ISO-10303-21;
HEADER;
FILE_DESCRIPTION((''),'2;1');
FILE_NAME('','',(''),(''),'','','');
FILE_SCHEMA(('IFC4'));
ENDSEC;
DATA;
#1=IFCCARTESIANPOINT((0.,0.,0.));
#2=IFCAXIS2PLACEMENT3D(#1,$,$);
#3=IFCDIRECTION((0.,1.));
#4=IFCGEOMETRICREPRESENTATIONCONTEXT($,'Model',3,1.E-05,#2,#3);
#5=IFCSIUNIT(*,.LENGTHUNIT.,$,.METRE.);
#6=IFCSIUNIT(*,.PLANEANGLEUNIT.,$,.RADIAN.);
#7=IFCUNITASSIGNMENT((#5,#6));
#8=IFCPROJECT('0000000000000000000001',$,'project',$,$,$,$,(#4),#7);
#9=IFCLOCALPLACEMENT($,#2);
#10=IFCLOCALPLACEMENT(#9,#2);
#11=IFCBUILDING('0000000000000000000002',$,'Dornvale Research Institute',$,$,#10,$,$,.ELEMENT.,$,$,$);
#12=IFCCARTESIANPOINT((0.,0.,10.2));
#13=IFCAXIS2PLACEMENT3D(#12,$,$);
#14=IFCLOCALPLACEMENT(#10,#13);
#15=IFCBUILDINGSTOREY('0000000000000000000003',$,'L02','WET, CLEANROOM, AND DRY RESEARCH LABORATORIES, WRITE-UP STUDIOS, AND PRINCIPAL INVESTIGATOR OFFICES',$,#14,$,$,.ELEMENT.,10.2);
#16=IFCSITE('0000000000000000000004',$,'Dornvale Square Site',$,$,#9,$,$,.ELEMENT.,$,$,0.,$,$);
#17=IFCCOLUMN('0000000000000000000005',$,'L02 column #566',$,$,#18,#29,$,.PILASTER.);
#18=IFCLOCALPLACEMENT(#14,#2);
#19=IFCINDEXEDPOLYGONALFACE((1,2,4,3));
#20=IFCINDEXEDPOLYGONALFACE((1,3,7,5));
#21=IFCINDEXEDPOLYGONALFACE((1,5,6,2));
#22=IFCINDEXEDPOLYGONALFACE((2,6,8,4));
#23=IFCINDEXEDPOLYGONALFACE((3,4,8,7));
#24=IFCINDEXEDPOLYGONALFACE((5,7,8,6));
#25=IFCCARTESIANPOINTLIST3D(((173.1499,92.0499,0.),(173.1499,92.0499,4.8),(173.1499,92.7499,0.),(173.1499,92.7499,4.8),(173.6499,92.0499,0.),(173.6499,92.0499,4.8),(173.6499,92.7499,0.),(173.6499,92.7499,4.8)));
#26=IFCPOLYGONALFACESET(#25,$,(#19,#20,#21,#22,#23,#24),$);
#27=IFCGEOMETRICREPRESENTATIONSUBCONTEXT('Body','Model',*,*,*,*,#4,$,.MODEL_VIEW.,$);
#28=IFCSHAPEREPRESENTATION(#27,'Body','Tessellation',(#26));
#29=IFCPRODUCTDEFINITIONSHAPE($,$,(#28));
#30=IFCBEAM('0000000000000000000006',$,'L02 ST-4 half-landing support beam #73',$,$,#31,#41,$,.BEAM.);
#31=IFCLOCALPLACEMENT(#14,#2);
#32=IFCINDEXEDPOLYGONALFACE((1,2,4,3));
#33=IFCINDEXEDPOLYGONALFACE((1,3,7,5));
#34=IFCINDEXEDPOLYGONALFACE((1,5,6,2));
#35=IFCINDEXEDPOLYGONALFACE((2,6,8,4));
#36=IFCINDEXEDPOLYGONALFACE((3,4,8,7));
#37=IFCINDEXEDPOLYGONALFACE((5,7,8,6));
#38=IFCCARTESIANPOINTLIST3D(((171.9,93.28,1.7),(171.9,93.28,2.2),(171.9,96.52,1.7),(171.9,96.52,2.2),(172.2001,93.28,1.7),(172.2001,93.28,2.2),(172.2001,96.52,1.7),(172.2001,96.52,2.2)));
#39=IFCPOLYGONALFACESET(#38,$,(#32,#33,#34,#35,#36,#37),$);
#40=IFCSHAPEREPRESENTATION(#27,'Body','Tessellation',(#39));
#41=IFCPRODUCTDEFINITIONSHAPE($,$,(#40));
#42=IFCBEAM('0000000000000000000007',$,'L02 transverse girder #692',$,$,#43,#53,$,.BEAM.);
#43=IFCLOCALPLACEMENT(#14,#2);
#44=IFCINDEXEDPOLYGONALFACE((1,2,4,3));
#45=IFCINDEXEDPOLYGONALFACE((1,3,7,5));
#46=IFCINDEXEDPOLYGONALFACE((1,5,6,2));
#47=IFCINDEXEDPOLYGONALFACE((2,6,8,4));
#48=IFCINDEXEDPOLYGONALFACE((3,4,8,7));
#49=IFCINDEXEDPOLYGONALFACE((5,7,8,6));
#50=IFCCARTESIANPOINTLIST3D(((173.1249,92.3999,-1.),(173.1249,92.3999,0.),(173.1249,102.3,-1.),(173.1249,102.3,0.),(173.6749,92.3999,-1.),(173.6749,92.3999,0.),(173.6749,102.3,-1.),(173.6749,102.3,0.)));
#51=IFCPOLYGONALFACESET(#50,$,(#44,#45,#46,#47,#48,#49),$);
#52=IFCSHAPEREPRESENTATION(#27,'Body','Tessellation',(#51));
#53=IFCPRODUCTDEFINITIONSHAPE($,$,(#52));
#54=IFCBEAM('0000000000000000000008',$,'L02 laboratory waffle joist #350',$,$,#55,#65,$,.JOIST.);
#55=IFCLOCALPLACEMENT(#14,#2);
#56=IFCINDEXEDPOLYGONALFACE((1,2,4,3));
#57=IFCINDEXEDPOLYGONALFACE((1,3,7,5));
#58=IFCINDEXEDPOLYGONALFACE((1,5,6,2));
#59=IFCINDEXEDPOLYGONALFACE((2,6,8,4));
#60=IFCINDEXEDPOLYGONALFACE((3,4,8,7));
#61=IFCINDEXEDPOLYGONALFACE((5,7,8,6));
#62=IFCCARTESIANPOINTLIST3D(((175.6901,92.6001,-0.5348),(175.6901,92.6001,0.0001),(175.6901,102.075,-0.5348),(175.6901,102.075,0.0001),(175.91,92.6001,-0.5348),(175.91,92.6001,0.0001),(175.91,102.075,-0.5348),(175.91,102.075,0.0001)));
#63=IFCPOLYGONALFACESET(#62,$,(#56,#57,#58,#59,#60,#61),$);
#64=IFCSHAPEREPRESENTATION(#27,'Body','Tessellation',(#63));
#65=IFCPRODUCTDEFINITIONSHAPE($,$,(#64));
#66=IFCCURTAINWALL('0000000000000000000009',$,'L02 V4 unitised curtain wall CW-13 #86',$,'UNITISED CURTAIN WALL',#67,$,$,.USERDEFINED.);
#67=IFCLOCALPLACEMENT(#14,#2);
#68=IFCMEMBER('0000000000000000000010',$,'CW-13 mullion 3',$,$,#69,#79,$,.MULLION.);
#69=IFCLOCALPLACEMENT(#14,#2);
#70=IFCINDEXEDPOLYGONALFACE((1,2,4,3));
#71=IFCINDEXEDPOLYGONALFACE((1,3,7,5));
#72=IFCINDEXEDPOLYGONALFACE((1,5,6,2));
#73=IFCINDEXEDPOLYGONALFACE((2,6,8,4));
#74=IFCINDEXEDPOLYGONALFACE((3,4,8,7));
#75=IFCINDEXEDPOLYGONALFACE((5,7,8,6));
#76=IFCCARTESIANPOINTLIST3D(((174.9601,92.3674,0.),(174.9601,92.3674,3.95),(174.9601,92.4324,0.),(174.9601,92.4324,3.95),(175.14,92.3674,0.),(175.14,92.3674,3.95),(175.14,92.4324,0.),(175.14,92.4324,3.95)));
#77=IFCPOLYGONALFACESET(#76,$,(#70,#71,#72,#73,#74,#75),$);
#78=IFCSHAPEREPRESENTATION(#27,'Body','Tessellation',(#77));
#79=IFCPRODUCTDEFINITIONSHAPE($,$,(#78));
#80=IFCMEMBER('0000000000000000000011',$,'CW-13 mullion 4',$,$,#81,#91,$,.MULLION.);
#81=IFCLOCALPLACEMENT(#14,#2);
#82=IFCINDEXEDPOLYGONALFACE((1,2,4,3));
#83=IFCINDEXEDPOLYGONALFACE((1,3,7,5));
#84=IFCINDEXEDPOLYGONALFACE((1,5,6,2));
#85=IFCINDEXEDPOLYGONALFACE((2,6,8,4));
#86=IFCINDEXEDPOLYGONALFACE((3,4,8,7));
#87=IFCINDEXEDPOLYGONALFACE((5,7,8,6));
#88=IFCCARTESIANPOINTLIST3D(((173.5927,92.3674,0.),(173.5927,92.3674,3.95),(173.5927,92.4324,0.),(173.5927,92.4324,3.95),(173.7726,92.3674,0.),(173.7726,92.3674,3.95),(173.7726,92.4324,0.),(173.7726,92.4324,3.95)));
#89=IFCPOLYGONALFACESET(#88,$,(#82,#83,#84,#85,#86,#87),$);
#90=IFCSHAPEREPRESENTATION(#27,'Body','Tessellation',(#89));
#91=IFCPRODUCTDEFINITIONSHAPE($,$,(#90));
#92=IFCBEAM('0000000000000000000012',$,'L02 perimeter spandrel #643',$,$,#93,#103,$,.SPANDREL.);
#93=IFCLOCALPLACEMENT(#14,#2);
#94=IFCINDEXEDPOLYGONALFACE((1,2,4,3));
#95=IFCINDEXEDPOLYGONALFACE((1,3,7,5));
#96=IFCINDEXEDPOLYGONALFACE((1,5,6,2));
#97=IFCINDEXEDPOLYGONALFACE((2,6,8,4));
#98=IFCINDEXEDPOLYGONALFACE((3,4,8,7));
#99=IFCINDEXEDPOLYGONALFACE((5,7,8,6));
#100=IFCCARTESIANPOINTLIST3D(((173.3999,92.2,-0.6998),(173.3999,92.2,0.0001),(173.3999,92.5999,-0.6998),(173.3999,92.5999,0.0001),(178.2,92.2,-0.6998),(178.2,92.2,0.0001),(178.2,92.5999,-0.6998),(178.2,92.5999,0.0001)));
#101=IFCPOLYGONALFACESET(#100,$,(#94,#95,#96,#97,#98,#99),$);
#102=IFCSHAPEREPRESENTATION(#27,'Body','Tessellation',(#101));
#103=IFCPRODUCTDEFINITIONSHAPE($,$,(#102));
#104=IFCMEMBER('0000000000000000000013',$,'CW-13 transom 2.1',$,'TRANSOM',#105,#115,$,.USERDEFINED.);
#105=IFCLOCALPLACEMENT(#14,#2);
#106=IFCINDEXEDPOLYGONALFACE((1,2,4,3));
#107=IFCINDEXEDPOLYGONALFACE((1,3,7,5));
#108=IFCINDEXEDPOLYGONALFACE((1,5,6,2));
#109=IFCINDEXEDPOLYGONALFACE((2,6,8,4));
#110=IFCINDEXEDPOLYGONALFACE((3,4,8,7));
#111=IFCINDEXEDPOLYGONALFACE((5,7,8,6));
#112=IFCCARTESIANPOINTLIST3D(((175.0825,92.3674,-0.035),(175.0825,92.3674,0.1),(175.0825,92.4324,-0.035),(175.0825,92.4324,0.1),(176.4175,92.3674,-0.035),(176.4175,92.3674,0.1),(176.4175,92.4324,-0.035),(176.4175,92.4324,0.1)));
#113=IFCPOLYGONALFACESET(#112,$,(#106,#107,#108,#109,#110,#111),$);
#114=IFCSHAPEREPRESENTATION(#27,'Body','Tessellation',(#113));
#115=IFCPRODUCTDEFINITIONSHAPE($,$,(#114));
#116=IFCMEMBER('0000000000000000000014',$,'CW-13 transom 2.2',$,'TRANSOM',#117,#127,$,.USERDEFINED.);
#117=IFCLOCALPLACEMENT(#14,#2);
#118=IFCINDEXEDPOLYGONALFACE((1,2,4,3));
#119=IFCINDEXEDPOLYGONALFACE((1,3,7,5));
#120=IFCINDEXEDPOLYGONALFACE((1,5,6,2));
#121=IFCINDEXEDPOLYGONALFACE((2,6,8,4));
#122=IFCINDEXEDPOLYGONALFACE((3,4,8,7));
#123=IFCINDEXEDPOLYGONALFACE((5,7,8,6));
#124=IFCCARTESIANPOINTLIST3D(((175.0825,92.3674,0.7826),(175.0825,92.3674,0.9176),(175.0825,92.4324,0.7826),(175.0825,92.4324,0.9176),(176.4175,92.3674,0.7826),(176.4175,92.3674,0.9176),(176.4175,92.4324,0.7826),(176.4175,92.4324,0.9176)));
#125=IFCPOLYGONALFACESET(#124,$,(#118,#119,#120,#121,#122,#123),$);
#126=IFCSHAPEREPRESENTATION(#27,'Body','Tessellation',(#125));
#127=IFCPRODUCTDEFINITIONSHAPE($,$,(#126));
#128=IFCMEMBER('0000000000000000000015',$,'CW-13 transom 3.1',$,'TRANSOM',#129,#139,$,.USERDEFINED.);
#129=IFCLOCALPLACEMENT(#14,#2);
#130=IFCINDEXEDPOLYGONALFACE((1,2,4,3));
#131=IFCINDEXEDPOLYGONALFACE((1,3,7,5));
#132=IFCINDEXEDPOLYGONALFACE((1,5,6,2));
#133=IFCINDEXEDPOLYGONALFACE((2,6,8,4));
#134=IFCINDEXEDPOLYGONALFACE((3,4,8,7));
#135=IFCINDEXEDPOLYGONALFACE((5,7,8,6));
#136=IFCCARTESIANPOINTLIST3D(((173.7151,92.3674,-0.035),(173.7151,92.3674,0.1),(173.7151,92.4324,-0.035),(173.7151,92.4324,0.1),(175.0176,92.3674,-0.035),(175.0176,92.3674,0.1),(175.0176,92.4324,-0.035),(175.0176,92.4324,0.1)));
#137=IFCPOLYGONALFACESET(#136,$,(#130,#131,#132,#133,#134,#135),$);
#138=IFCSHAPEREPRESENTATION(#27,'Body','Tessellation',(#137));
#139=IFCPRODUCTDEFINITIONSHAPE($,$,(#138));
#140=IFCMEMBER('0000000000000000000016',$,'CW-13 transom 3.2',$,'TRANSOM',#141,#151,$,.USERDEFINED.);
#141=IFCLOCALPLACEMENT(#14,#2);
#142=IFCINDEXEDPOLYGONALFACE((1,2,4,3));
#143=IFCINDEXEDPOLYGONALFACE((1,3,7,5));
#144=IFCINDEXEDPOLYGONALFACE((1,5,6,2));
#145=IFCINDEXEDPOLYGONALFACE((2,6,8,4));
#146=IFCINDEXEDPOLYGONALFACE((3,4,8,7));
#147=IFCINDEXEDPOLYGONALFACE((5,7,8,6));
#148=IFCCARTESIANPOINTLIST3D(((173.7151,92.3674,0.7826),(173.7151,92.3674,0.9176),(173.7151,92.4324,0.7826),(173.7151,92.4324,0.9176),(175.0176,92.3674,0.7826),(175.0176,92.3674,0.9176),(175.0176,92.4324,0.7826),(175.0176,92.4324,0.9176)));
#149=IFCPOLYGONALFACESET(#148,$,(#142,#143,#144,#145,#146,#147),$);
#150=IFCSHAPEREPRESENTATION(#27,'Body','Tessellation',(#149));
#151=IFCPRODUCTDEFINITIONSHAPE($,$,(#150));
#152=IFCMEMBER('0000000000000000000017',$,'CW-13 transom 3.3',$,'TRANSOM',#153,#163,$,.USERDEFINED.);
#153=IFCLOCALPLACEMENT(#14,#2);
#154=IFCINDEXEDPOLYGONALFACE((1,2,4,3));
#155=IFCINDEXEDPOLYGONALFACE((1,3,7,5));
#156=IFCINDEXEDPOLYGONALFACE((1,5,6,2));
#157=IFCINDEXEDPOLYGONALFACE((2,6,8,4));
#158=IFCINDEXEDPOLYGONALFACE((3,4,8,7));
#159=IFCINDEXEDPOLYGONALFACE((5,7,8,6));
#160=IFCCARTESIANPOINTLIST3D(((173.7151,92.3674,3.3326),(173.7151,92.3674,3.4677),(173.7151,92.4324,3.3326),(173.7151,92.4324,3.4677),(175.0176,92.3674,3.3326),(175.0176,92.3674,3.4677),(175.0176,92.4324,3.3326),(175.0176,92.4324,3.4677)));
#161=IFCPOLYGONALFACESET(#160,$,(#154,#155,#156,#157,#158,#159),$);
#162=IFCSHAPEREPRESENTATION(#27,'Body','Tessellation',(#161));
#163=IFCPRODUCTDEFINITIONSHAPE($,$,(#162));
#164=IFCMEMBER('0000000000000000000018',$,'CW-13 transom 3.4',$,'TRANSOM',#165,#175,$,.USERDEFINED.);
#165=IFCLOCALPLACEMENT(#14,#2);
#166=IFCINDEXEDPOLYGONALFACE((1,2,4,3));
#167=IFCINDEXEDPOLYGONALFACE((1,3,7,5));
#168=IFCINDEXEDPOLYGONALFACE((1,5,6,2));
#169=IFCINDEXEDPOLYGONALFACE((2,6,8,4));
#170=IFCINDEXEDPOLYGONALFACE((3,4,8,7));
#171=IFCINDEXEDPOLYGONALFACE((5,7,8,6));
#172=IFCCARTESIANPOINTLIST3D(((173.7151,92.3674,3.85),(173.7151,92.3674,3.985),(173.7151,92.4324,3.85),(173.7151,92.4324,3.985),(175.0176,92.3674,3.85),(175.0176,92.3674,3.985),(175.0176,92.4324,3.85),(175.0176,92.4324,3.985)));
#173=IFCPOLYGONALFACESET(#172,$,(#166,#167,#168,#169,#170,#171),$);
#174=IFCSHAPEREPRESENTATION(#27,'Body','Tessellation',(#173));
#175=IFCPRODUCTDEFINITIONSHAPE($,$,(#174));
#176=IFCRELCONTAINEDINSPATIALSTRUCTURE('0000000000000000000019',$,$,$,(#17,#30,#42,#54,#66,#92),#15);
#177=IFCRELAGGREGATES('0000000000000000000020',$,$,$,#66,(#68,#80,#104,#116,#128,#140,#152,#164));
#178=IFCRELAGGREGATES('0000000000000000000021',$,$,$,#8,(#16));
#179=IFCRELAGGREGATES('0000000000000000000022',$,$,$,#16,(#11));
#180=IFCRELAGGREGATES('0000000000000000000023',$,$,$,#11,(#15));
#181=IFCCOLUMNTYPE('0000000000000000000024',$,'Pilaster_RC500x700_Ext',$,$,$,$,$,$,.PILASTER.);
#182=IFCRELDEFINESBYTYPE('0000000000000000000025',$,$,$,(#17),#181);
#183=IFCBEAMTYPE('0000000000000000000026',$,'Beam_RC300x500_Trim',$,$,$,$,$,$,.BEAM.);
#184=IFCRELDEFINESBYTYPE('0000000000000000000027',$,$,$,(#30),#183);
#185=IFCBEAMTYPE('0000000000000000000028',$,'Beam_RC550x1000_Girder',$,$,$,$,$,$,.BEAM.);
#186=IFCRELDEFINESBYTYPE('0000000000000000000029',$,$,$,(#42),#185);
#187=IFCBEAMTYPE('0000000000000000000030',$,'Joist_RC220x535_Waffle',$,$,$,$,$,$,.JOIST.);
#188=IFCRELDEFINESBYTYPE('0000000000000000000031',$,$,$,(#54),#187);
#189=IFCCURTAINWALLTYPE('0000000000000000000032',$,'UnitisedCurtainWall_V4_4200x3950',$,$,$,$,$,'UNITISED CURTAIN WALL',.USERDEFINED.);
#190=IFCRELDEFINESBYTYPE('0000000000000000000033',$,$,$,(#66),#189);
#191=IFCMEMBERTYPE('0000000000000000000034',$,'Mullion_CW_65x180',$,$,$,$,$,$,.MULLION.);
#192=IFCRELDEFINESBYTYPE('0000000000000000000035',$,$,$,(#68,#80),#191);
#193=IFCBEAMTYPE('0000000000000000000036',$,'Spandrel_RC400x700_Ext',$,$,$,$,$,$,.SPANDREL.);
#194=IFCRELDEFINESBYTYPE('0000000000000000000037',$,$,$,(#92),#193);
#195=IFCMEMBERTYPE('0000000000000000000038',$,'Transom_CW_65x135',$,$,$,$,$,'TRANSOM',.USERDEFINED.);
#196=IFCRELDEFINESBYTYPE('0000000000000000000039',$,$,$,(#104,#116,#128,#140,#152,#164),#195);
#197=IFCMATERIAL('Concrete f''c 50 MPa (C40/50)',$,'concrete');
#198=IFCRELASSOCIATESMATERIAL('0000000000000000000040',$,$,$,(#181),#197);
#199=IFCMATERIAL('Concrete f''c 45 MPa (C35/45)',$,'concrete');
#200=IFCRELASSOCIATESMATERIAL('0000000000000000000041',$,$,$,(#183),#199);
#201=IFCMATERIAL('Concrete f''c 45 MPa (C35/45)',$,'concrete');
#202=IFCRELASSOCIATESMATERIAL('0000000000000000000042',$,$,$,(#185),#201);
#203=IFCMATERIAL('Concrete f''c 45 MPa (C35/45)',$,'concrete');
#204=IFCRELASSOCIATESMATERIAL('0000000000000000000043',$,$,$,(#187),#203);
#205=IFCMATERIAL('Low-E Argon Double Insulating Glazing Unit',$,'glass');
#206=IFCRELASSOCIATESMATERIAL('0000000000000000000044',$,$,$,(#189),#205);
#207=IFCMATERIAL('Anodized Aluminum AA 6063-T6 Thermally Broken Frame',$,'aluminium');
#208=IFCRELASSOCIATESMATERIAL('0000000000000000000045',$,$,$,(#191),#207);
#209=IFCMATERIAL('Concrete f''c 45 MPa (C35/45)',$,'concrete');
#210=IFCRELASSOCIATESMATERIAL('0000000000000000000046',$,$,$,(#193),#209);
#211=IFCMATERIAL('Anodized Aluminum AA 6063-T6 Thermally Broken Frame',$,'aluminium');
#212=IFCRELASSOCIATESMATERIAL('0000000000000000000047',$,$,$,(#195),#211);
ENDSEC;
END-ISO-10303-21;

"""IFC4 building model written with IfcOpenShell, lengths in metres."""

from ifc_helpers import new_model, si_unit, direction, frame, origin, origin_2d, place, context, subcontext, project, spatial, rectangle, extrude, material, material_profile, profile_set, type_object, element, aggregate, save


model = new_model("IFC4")

# Units and contexts
model_context = context("Model", 3, precision=1e-05, world=origin(), true_north=direction((0.0, 1.0)))
body_context = subcontext(model_context, "Body", "Model", "MODEL_VIEW")
ifc_project = project(units=[si_unit("LENGTHUNIT", "METRE"), si_unit("PLANEANGLEUNIT", "RADIAN")], contexts=[model_context])

# Site, building, storey
site_placement = place(None, origin())
site = spatial("IfcSite", under=ifc_project, at=site_placement, Name="Dornvale Square Site", CompositionType="ELEMENT", RefElevation=0.0)
building_placement = place(site_placement, origin())
building = spatial("IfcBuilding", under=site, at=building_placement, Name="Dornvale Research Institute", CompositionType="ELEMENT")
storey_placement = place(building_placement, frame((0.0, 0.0, 10.2)))
storey = spatial("IfcBuildingStorey", under=building, at=storey_placement, Name="L02", Description="WET, CLEANROOM, AND DRY RESEARCH LABORATORIES, WRITE-UP STUDIOS, AND PRINCIPAL INVESTIGATOR OFFICES", CompositionType="ELEMENT", Elevation=10.2)

# Column
ifc_material_1 = material(Name="Concrete f'c 50 MPa (C40/50)", Category="concrete")
ifc_material_profile_1 = material_profile(ifc_material_1, rectangle(XDim=0.5, YDim=0.7, at=origin_2d()), Name="RC 500x700")
ifc_profile_set_1 = profile_set([ifc_material_profile_1], Name="Concrete f'c 50 MPa (C40/50)")
column_type = type_object("IfcColumnType", Name="Pilaster_RC500x700_Ext", PredefinedType="PILASTER", material=ifc_profile_set_1)
column_placement = place(storey_placement, frame((173.3999, 92.3999, 0.0), z_axis=(0.0, 0.0, 1.0), x_axis=(1.0, 0.0, 0.0)))
element("IfcColumn", 1, at=column_placement, inside=storey, type_object=column_type, Name="L02 column #566", PredefinedType="PILASTER", context=body_context, shape_type="SweptSolid", body=[
    extrude(rectangle(XDim=0.5, YDim=0.7, at=origin_2d()), origin(), (0.0, 0.0, 1.0), 4.8),
])

# Beams
ifc_material_2 = material(Name="Concrete f'c 45 MPa (C35/45)", Category="concrete")
ifc_material_profile_2 = material_profile(ifc_material_2, rectangle(XDim=0.3, YDim=0.5, at=origin_2d()), Name="RC 300x500")
ifc_profile_set_2 = profile_set([ifc_material_profile_2], Name="Concrete f'c 45 MPa (C35/45)")
beam_type_1 = type_object("IfcBeamType", Name="Beam_RC300x500_Trim", PredefinedType="BEAM", material=ifc_profile_set_2)
beam_1_placement = place(storey_placement, frame((172.05, 93.28, 1.95), z_axis=(0.0, 1.0, 0.0), x_axis=(-1.0, 0.0, 0.0)))
element("IfcBeam", 2, at=beam_1_placement, inside=storey, type_object=beam_type_1, Name="L02 ST-4 half-landing support beam #73", PredefinedType="BEAM", context=body_context, shape_type="SweptSolid", body=[
    extrude(rectangle(XDim=0.3, YDim=0.5, at=origin_2d()), origin(), (0.0, 0.0, 1.0), 3.24),
])
ifc_material_3 = material(Name="Concrete f'c 45 MPa (C35/45)", Category="concrete")
ifc_material_profile_3 = material_profile(ifc_material_3, rectangle(XDim=0.55, YDim=1.0, at=origin_2d()), Name="RC 550x1000")
ifc_profile_set_3 = profile_set([ifc_material_profile_3], Name="Concrete f'c 45 MPa (C35/45)")
beam_type_2 = type_object("IfcBeamType", Name="Beam_RC550x1000_Girder", PredefinedType="BEAM", material=ifc_profile_set_3)
beam_2_placement = place(storey_placement, frame((173.3999, 92.3999, -0.5), z_axis=(0.0, 1.0, 0.0), x_axis=(-1.0, 0.0, 0.0)))
element("IfcBeam", 3, at=beam_2_placement, inside=storey, type_object=beam_type_2, Name="L02 transverse girder #692", PredefinedType="BEAM", context=body_context, shape_type="SweptSolid", body=[
    extrude(rectangle(XDim=0.55, YDim=1.0, at=origin_2d()), origin(), (0.0, 0.0, 1.0), 9.9001),
])
ifc_material_4 = material(Name="Concrete f'c 45 MPa (C35/45)", Category="concrete")
ifc_material_profile_4 = material_profile(ifc_material_4, rectangle(XDim=0.22, YDim=0.5349, at=origin_2d()), Name="RC 220x535")
ifc_profile_set_4 = profile_set([ifc_material_profile_4], Name="Concrete f'c 45 MPa (C35/45)")
beam_type_3 = type_object("IfcBeamType", Name="Joist_RC220x535_Waffle", PredefinedType="JOIST", material=ifc_profile_set_4)
beam_3_placement = place(storey_placement, frame((175.8, 92.6001, -0.2673), z_axis=(0.0, 1.0, 0.0), x_axis=(-1.0, 0.0, 0.0)))
element("IfcBeam", 4, at=beam_3_placement, inside=storey, type_object=beam_type_3, Name="L02 laboratory waffle joist #350", PredefinedType="JOIST", context=body_context, shape_type="SweptSolid", body=[
    extrude(rectangle(XDim=0.22, YDim=0.5349, at=origin_2d()), origin(), (0.0, 0.0, 1.0), 9.4749),
])

# Curtain wall, members
ifc_material_5 = material(Name="Low-E Argon Double Insulating Glazing Unit", Category="glass")
curtain_wall_type = type_object("IfcCurtainWallType", Name="UnitisedCurtainWall_V4_4200x3950", ElementType="UNITISED CURTAIN WALL", PredefinedType="USERDEFINED", material=ifc_material_5)
curtain_wall_placement = place(storey_placement, origin())
curtain_wall = element("IfcCurtainWall", 5, at=curtain_wall_placement, inside=storey, type_object=curtain_wall_type, Name="L02 V4 unitised curtain wall CW-13 #86", ObjectType="UNITISED CURTAIN WALL", PredefinedType="USERDEFINED")
ifc_material_6 = material(Name="Anodized Aluminum AA 6063-T6 Thermally Broken Frame", Category="aluminium")
ifc_material_profile_5 = material_profile(ifc_material_6, rectangle(XDim=0.0649, YDim=0.1799, at=origin_2d()), Name="ALU MULLION 65x180")
ifc_profile_set_5 = profile_set([ifc_material_profile_5], Name="Anodized Aluminum AA 6063-T6 Thermally Broken Frame")
member_type_1 = type_object("IfcMemberType", Name="Mullion_CW_65x180", PredefinedType="MULLION", material=ifc_profile_set_5)
member_1_placement = place(storey_placement, frame((175.05, 92.3999, 0.0), z_axis=(0.0, 0.0, 1.0), x_axis=(0.0, -1.0, 0.0)))
member_1 = element("IfcMember", 6, at=member_1_placement, type_object=member_type_1, Name="CW-13 mullion 3", PredefinedType="MULLION", context=body_context, shape_type="SweptSolid", body=[
    extrude(rectangle(XDim=0.0649, YDim=0.1799, at=origin_2d()), origin(), (0.0, 0.0, 1.0), 3.95),
])
member_2_placement = place(storey_placement, frame((173.6826, 92.3999, 0.0), z_axis=(0.0, 0.0, 1.0), x_axis=(0.0, -1.0, 0.0)))
member_2 = element("IfcMember", 7, at=member_2_placement, type_object=member_type_1, Name="CW-13 mullion 4", PredefinedType="MULLION", context=body_context, shape_type="SweptSolid", body=[
    extrude(rectangle(XDim=0.0649, YDim=0.1799, at=origin_2d()), origin(), (0.0, 0.0, 1.0), 3.95),
])

# Beam
ifc_material_7 = material(Name="Concrete f'c 45 MPa (C35/45)", Category="concrete")
ifc_material_profile_6 = material_profile(ifc_material_7, rectangle(XDim=0.3999, YDim=0.7, at=origin_2d()), Name="RC 400x700")
ifc_profile_set_6 = profile_set([ifc_material_profile_6], Name="Concrete f'c 45 MPa (C35/45)")
beam_type_4 = type_object("IfcBeamType", Name="Spandrel_RC400x700_Ext", PredefinedType="SPANDREL", material=ifc_profile_set_6)
beam_4_placement = place(storey_placement, frame((173.3999, 92.3999, -0.3499), z_axis=(1.0, 0.0, 0.0), x_axis=(0.0, 1.0, 0.0)))
element("IfcBeam", 8, at=beam_4_placement, inside=storey, type_object=beam_type_4, Name="L02 perimeter spandrel #643", PredefinedType="SPANDREL", context=body_context, shape_type="SweptSolid", body=[
    extrude(rectangle(XDim=0.3999, YDim=0.7, at=origin_2d()), origin(), (0.0, 0.0, 1.0), 4.8),
])

# Members
ifc_material_8 = material(Name="Anodized Aluminum AA 6063-T6 Thermally Broken Frame", Category="aluminium")
ifc_material_profile_7 = material_profile(ifc_material_8, rectangle(XDim=0.0649, YDim=0.135, at=origin_2d()), Name="ALU TRANSOM 65x135")
ifc_profile_set_7 = profile_set([ifc_material_profile_7], Name="Anodized Aluminum AA 6063-T6 Thermally Broken Frame")
member_type_2 = type_object("IfcMemberType", Name="Transom_CW_65x135", ElementType="TRANSOM", PredefinedType="USERDEFINED", material=ifc_profile_set_7)
member_3_placement = place(storey_placement, frame((176.4175, 92.3999, 0.0325), z_axis=(-1.0, 0.0, 0.0), x_axis=(0.0, -1.0, 0.0)))
member_3 = element("IfcMember", 9, at=member_3_placement, type_object=member_type_2, Name="CW-13 transom 2.1", ObjectType="TRANSOM", PredefinedType="USERDEFINED", context=body_context, shape_type="SweptSolid", body=[
    extrude(rectangle(XDim=0.0649, YDim=0.135, at=origin_2d()), origin(), (0.0, 0.0, 1.0), 1.335),
])
member_4_placement = place(storey_placement, frame((176.4175, 92.3999, 0.8501), z_axis=(-1.0, 0.0, 0.0), x_axis=(0.0, -1.0, 0.0)))
member_4 = element("IfcMember", 10, at=member_4_placement, type_object=member_type_2, Name="CW-13 transom 2.2", ObjectType="TRANSOM", PredefinedType="USERDEFINED", context=body_context, shape_type="SweptSolid", body=[
    extrude(rectangle(XDim=0.0649, YDim=0.135, at=origin_2d()), origin(), (0.0, 0.0, 1.0), 1.335),
])
member_5_placement = place(storey_placement, frame((175.0176, 92.3999, 0.0325), z_axis=(-1.0, 0.0, 0.0), x_axis=(0.0, -1.0, 0.0)))
member_5 = element("IfcMember", 11, at=member_5_placement, type_object=member_type_2, Name="CW-13 transom 3.1", ObjectType="TRANSOM", PredefinedType="USERDEFINED", context=body_context, shape_type="SweptSolid", body=[
    extrude(rectangle(XDim=0.0649, YDim=0.135, at=origin_2d()), origin(), (0.0, 0.0, 1.0), 1.3025),
])
member_6_placement = place(storey_placement, frame((175.0176, 92.3999, 0.8501), z_axis=(-1.0, 0.0, 0.0), x_axis=(0.0, -1.0, 0.0)))
member_6 = element("IfcMember", 12, at=member_6_placement, type_object=member_type_2, Name="CW-13 transom 3.2", ObjectType="TRANSOM", PredefinedType="USERDEFINED", context=body_context, shape_type="SweptSolid", body=[
    extrude(rectangle(XDim=0.0649, YDim=0.135, at=origin_2d()), origin(), (0.0, 0.0, 1.0), 1.3025),
])
member_7_placement = place(storey_placement, frame((175.0176, 92.3999, 3.4001), z_axis=(-1.0, 0.0, 0.0), x_axis=(0.0, -1.0, 0.0)))
member_7 = element("IfcMember", 13, at=member_7_placement, type_object=member_type_2, Name="CW-13 transom 3.3", ObjectType="TRANSOM", PredefinedType="USERDEFINED", context=body_context, shape_type="SweptSolid", body=[
    extrude(rectangle(XDim=0.0649, YDim=0.135, at=origin_2d()), origin(), (0.0, 0.0, 1.0), 1.3025),
])
member_8_placement = place(storey_placement, frame((175.0176, 92.3999, 3.9175), z_axis=(-1.0, 0.0, 0.0), x_axis=(0.0, -1.0, 0.0)))
member_8 = element("IfcMember", 14, at=member_8_placement, type_object=member_type_2, Name="CW-13 transom 3.4", ObjectType="TRANSOM", PredefinedType="USERDEFINED", context=body_context, shape_type="SweptSolid", body=[
    extrude(rectangle(XDim=0.0649, YDim=0.135, at=origin_2d()), origin(), (0.0, 0.0, 1.0), 1.3025),
])

aggregate(curtain_wall, [member_1, member_2, member_3, member_4, member_5, member_6, member_7, member_8])

save(model, "model.ifc")
